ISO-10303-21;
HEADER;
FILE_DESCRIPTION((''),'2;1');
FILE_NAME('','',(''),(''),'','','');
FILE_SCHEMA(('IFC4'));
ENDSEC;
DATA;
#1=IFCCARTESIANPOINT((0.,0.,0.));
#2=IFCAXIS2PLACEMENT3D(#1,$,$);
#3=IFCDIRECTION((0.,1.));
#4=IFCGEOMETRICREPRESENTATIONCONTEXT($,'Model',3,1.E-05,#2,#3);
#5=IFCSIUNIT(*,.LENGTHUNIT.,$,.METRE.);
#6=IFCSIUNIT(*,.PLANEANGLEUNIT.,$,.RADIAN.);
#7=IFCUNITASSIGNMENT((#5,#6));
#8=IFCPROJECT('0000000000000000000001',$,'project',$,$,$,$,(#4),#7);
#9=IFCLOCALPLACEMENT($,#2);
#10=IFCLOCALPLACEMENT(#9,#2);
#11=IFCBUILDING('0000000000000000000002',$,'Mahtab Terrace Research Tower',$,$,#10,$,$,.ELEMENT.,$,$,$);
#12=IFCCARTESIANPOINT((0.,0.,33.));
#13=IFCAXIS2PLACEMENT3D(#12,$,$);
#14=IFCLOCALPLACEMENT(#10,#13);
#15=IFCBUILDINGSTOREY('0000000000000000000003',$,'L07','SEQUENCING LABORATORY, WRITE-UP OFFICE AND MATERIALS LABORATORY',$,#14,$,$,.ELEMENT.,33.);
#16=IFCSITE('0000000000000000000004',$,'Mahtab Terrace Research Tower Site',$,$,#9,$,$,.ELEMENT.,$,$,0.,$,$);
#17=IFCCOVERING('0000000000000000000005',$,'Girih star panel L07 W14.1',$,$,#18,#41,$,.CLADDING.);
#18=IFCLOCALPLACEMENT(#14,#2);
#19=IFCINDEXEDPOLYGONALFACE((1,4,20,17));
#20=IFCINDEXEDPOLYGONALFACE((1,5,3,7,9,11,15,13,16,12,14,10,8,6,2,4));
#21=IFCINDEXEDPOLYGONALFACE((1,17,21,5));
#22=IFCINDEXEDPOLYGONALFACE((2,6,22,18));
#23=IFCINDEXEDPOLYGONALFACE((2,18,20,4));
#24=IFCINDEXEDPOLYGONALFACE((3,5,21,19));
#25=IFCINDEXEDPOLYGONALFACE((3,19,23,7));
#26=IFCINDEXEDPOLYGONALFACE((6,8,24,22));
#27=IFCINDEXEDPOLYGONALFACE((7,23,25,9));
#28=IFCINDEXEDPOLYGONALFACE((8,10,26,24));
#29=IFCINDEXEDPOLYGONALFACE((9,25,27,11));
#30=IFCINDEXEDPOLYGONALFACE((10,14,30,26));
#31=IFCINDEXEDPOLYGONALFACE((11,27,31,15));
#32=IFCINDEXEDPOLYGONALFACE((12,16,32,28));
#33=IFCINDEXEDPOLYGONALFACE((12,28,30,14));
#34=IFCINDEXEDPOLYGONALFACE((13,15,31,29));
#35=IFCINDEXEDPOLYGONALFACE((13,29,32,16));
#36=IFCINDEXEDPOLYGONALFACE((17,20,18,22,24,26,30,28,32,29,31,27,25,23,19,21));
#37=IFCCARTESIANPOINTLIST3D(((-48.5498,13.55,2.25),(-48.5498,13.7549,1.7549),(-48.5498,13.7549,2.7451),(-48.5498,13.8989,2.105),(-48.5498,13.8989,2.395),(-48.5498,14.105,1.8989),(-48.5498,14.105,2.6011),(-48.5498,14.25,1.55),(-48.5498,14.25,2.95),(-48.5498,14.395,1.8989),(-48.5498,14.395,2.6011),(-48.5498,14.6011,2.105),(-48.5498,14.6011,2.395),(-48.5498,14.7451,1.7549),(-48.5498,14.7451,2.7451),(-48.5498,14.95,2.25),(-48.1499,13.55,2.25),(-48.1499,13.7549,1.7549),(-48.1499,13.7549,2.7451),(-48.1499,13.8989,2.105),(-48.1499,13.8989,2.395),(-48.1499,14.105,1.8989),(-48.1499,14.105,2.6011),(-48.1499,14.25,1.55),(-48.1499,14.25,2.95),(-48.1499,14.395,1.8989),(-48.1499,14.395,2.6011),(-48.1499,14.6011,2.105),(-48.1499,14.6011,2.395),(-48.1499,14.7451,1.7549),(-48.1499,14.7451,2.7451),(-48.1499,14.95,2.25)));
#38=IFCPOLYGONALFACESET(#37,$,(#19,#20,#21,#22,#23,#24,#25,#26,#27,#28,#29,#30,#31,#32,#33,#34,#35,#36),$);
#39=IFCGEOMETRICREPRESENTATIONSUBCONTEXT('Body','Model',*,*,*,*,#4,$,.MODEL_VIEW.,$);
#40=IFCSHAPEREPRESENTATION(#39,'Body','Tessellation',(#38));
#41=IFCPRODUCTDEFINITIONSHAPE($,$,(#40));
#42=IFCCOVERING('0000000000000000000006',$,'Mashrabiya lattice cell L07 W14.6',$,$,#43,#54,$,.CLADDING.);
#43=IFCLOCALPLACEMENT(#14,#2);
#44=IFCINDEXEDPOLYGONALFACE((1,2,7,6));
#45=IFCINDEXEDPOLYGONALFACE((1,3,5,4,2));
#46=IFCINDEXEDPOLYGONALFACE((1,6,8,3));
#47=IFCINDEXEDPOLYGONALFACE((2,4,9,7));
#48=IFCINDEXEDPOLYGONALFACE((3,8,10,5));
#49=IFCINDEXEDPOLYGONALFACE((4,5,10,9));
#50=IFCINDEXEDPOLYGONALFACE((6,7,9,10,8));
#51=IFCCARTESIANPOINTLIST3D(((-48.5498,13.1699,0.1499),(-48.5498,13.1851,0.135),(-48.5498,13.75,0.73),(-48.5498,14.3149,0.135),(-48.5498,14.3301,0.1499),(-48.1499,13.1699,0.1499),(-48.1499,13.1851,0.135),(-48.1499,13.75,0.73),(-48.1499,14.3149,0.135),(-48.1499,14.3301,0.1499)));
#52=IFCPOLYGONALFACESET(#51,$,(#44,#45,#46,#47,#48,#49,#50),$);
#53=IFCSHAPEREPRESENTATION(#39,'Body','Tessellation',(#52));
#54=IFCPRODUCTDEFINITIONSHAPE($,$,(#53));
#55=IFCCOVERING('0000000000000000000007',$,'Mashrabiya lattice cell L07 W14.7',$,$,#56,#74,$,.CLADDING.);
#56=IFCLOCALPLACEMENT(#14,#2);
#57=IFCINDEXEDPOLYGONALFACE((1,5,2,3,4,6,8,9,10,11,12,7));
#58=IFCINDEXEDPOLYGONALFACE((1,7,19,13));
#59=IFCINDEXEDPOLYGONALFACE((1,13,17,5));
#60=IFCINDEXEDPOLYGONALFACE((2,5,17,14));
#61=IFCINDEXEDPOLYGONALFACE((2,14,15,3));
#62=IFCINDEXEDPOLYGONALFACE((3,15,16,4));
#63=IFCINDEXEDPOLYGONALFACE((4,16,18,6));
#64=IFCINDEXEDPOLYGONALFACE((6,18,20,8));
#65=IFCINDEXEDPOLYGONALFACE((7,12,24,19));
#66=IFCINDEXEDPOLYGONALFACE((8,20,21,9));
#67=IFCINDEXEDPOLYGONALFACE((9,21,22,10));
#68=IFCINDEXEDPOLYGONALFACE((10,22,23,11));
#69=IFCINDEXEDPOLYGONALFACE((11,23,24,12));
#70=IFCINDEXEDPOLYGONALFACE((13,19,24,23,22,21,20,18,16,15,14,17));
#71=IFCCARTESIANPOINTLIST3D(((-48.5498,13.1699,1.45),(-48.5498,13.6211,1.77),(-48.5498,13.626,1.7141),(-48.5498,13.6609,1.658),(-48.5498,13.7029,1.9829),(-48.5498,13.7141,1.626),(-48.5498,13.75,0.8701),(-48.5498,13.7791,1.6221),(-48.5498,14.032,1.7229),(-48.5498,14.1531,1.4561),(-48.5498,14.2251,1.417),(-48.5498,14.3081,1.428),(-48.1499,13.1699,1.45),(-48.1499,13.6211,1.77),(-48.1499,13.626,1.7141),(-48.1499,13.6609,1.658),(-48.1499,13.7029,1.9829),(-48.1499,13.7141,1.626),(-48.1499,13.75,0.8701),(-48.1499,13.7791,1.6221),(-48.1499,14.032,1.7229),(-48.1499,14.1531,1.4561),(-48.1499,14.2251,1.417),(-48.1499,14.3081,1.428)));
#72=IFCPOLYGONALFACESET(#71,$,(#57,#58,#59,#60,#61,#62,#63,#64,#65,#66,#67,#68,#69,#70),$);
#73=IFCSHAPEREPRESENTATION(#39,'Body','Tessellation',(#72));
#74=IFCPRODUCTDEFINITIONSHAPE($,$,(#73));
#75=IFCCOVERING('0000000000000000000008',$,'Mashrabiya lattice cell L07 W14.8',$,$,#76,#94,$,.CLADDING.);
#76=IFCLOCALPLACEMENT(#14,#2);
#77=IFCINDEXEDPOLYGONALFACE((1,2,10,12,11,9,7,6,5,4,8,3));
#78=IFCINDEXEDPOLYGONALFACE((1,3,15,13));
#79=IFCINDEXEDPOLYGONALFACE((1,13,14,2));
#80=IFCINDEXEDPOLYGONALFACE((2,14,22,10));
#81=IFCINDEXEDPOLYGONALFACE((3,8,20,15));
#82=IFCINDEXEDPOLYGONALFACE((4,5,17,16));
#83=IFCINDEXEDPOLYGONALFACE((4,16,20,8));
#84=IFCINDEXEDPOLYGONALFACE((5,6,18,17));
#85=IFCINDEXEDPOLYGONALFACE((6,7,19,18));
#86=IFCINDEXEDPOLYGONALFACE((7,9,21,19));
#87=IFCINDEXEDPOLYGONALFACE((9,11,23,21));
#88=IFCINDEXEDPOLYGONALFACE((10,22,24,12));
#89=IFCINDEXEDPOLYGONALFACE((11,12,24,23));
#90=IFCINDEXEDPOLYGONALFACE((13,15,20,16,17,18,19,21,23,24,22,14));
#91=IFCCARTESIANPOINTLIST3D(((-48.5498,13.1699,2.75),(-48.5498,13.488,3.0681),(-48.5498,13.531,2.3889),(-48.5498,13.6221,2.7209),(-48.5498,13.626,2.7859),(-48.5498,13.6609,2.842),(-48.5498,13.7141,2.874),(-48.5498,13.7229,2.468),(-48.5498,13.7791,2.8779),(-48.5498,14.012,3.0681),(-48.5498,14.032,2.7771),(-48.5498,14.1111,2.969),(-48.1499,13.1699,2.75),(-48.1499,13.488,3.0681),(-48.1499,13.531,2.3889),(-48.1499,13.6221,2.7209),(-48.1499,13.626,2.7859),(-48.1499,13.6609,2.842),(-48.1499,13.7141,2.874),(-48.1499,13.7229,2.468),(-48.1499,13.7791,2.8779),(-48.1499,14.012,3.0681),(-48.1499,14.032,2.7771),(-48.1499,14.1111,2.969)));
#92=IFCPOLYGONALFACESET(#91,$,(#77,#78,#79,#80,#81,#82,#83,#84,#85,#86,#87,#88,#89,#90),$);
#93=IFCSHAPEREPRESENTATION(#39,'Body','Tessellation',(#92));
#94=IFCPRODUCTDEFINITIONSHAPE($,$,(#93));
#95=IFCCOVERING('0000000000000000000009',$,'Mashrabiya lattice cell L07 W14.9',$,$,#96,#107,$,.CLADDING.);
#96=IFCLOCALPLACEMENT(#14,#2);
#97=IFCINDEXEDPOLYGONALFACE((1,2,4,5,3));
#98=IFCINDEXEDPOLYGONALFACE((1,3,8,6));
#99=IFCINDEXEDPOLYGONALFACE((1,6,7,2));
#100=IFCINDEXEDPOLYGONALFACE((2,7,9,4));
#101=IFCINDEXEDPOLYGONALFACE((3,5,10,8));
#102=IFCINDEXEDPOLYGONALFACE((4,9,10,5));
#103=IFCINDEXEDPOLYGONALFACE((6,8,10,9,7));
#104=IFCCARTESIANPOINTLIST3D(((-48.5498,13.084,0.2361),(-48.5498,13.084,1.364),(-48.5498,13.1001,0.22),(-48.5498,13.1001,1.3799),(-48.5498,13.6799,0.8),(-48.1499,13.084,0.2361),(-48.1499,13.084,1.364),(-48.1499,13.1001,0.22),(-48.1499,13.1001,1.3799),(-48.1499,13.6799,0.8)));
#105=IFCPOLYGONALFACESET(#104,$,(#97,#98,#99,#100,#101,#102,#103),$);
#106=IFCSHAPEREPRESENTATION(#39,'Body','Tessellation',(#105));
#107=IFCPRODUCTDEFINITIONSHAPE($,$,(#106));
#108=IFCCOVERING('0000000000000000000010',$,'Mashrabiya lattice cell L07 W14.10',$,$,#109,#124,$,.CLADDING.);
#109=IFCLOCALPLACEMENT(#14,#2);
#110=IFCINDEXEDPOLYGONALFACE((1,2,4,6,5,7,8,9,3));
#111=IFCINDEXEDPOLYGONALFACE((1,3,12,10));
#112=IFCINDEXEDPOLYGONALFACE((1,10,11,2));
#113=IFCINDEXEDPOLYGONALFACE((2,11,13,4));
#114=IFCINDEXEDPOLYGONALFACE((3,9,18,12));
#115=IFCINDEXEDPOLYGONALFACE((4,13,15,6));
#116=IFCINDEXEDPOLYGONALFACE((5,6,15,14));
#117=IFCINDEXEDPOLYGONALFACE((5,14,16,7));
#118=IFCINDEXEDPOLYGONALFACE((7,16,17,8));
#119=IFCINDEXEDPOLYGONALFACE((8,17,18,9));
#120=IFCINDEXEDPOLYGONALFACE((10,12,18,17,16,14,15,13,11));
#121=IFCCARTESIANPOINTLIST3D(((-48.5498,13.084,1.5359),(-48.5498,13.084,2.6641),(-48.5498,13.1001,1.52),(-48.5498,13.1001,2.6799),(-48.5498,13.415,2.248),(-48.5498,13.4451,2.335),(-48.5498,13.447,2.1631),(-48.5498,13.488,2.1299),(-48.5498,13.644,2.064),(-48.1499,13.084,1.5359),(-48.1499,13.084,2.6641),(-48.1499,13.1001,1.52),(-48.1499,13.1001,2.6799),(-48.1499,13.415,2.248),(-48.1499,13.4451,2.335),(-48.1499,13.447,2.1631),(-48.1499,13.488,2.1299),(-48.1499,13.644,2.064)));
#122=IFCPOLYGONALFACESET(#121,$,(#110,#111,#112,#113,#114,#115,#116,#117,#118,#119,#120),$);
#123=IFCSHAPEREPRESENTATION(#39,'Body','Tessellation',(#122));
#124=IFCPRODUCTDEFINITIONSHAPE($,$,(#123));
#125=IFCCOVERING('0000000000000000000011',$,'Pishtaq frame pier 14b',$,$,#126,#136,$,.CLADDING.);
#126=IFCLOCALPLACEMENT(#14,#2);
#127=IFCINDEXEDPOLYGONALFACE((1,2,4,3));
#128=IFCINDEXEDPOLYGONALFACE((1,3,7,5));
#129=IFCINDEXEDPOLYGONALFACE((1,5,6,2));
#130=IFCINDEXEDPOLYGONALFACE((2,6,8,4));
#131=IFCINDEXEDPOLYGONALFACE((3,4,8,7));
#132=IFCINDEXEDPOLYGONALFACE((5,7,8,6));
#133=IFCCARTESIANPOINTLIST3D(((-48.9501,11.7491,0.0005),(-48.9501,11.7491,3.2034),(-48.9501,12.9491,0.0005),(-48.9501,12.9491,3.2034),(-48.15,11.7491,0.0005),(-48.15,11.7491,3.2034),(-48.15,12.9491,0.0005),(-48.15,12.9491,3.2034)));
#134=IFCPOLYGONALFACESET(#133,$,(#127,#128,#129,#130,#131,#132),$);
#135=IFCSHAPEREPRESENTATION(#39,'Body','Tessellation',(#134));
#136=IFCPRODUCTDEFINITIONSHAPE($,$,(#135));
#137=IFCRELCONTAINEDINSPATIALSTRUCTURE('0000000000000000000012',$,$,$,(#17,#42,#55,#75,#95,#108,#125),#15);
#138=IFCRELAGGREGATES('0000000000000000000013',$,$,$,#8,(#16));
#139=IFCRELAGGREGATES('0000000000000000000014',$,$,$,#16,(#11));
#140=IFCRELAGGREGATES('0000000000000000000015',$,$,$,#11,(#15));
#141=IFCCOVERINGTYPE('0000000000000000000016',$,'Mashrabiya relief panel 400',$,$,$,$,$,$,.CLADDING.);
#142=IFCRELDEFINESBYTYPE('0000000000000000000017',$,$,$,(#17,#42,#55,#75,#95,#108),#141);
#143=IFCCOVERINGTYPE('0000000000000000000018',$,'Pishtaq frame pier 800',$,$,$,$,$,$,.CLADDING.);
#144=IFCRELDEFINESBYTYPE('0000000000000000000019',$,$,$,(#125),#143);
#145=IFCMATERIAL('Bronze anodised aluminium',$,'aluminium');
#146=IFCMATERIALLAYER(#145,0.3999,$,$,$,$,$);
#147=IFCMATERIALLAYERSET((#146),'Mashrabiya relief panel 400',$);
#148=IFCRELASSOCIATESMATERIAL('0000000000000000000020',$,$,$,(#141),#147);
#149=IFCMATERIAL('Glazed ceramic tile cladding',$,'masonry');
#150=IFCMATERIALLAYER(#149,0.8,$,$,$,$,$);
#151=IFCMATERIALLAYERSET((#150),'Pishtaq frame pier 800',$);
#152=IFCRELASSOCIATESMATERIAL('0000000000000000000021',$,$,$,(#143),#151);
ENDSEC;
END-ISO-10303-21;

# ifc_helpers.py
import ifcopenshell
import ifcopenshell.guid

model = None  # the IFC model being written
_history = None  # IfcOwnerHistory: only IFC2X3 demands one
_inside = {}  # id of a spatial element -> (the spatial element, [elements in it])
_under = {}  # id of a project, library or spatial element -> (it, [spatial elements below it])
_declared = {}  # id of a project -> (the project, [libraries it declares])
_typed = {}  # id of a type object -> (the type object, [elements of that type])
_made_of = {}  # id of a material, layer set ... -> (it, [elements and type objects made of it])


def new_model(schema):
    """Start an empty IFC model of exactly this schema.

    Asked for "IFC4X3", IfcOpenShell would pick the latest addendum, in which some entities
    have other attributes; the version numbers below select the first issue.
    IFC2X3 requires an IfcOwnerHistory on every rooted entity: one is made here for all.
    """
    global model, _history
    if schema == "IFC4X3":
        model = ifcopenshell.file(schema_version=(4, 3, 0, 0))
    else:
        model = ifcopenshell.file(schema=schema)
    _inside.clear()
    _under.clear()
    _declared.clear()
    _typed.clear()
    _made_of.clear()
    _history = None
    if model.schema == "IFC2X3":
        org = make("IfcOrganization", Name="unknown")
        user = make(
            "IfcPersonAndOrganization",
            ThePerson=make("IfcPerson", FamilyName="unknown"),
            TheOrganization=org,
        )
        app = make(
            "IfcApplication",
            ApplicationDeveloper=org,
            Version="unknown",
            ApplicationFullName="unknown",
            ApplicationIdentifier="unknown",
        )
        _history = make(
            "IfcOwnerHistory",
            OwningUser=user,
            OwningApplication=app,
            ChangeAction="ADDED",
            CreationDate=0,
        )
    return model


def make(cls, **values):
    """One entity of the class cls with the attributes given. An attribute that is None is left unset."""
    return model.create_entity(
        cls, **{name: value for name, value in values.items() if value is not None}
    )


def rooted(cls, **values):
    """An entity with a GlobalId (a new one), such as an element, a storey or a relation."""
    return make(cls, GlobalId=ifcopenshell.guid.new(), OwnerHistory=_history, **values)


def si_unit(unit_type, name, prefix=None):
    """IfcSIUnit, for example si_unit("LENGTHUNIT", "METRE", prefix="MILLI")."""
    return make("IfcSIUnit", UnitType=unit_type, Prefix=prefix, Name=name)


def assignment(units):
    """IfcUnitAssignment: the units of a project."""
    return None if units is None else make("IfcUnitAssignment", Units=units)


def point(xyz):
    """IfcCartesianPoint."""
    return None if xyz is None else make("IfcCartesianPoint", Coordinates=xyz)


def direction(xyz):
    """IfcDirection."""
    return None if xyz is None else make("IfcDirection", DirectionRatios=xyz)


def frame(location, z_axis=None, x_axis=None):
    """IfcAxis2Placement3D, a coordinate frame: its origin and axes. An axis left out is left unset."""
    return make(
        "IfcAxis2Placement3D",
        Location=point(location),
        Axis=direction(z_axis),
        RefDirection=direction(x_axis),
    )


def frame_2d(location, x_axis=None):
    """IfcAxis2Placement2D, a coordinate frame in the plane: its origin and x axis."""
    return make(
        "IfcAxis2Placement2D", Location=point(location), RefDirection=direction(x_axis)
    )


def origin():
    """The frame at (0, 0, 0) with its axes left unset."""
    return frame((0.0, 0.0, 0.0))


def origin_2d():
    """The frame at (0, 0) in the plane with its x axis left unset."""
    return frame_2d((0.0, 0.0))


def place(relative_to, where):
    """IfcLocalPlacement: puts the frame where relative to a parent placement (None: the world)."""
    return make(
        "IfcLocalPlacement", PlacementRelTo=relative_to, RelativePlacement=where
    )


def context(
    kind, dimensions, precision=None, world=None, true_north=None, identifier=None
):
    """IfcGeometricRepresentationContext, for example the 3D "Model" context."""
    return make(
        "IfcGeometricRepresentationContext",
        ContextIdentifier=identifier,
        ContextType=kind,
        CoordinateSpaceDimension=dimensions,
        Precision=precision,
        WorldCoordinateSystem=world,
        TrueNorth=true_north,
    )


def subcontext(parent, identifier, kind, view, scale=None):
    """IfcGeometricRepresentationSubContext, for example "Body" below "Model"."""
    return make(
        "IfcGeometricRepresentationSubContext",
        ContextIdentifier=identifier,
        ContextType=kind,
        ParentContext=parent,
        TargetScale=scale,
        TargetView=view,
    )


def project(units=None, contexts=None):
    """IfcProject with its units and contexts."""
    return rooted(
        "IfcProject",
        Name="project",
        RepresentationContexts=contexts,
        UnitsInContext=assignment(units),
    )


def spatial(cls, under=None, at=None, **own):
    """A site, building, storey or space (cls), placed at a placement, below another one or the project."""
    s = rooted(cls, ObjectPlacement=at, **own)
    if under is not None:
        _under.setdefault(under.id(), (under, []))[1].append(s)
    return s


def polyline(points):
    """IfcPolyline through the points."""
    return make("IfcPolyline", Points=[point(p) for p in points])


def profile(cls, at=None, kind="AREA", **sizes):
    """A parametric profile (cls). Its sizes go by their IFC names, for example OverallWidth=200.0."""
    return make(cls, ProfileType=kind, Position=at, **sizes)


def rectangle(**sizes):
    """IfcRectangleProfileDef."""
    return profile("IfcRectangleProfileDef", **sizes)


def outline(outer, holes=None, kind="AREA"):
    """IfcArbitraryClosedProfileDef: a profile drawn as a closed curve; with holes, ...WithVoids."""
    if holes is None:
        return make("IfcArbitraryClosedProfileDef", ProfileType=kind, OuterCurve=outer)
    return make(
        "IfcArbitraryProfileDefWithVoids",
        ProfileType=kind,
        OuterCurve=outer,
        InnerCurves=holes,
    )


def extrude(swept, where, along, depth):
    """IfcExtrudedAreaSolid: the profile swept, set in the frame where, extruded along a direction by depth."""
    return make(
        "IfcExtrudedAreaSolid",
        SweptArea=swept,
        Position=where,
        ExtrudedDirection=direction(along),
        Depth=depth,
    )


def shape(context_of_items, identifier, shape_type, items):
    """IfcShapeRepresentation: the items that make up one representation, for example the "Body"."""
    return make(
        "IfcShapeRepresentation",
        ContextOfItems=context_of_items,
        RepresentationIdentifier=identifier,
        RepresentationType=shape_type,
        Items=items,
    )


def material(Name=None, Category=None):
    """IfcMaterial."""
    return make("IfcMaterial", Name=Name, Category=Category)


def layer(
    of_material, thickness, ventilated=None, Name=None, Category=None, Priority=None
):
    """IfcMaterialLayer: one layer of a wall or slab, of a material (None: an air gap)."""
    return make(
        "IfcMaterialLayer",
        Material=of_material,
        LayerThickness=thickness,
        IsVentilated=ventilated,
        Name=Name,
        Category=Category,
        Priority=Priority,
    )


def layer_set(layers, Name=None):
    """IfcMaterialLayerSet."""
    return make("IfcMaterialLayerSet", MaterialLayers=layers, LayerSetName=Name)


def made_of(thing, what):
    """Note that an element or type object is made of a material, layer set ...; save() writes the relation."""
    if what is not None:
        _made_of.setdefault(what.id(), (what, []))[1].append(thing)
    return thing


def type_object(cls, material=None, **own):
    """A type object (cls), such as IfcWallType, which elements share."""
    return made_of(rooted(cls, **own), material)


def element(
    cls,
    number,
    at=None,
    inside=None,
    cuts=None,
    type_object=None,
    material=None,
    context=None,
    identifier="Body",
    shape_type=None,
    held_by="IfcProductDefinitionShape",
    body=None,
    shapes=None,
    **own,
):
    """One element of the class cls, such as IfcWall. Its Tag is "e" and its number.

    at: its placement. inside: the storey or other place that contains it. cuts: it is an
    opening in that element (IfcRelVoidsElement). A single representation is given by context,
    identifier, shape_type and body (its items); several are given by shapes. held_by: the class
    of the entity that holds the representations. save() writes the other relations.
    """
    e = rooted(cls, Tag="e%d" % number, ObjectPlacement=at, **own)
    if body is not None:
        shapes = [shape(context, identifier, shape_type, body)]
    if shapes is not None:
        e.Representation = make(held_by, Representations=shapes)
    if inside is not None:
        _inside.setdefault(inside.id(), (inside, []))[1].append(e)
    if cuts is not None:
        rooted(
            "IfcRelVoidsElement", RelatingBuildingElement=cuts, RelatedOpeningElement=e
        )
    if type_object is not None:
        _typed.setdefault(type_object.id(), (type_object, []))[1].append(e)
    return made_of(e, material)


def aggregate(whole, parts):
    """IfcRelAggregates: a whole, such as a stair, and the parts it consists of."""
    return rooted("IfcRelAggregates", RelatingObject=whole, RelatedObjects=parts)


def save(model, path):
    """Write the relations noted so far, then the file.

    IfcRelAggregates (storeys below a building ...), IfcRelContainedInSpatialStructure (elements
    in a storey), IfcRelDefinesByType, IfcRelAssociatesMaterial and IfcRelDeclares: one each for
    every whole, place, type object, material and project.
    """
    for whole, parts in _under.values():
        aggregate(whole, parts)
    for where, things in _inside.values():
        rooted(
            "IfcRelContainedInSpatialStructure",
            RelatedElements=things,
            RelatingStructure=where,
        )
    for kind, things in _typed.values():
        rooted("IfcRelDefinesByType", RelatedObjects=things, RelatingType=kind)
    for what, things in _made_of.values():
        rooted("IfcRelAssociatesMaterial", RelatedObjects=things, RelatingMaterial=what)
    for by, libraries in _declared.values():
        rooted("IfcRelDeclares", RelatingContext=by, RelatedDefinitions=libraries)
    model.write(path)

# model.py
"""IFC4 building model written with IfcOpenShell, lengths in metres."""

from ifc_helpers import new_model, si_unit, direction, frame, origin, origin_2d, place, context, subcontext, project, spatial, polyline, rectangle, outline, extrude, material, layer, layer_set, type_object, element, save


model = new_model("IFC4")

# Units and contexts
model_context = context("Model", 3, precision=1e-05, world=origin(), true_north=direction((0.0, 1.0)))
body_context = subcontext(model_context, "Body", "Model", "MODEL_VIEW")
ifc_project = project(units=[si_unit("LENGTHUNIT", "METRE"), si_unit("PLANEANGLEUNIT", "RADIAN")], contexts=[model_context])

# Site, building, storey
site_placement = place(None, origin())
site = spatial("IfcSite", under=ifc_project, at=site_placement, Name="Mahtab Terrace Research Tower Site", CompositionType="ELEMENT", RefElevation=0.0)
building_placement = place(site_placement, origin())
building = spatial("IfcBuilding", under=site, at=building_placement, Name="Mahtab Terrace Research Tower", CompositionType="ELEMENT")
storey_placement = place(building_placement, frame((0.0, 0.0, 33.0)))
storey = spatial("IfcBuildingStorey", under=building, at=storey_placement, Name="L07", Description="SEQUENCING LABORATORY, WRITE-UP OFFICE AND MATERIALS LABORATORY", CompositionType="ELEMENT", Elevation=33.0)

# Coverings
ifc_material_1 = material(Name="Bronze anodised aluminium", Category="aluminium")
ifc_layer_1 = layer(ifc_material_1, 0.3999)
ifc_layer_set_1 = layer_set([ifc_layer_1], Name="Mashrabiya relief panel 400")
covering_type_1 = type_object("IfcCoveringType", Name="Mashrabiya relief panel 400", PredefinedType="CLADDING", material=ifc_layer_set_1)
covering_1_placement = place(storey_placement, frame((-48.1499, 14.105, 2.6011), z_axis=(1.0, 0.0, 0.0), x_axis=(0.0, -0.924785, 0.38049)))
element("IfcCovering", 1, at=covering_1_placement, inside=storey, type_object=covering_type_1, Name="Girih star panel L07 W14.1", PredefinedType="CLADDING", context=body_context, shape_type="SweptSolid", body=[
    extrude(outline(polyline([(0.0, 0.0), (0.3786, 0.0), (0.1122, 0.269), (0.3796, 0.5358), (0.0018, 0.5372), (0.0018, 0.9158), (-0.2672, 0.6493), (-0.534, 0.9168), (-0.5354, 0.539), (-0.914, 0.539), (-0.6475, 0.27), (-0.915, 0.0032), (-0.5372, 0.0018), (-0.5372, -0.3768), (-0.2682, -0.1104), (-0.0014, -0.3778), (0.0, 0.0)])), origin(), (0.0, 0.0, -1.0), 0.3999),
])
covering_2_placement = place(storey_placement, frame((-48.1499, 14.3301, 0.1499), z_axis=(1.0, 0.0, 0.0), x_axis=(0.0, -0.707107, 0.707107)))
element("IfcCovering", 2, at=covering_2_placement, inside=storey, type_object=covering_type_1, Name="Mashrabiya lattice cell L07 W14.6", PredefinedType="CLADDING", context=body_context, shape_type="SweptSolid", body=[
    extrude(outline(polyline([(0.0, 0.0), (0.8204, 0.0), (0.8204, 0.8204), (0.7991, 0.8202), (0.0002, 0.0212), (0.0, 0.0)])), origin(), (0.0, 0.0, -1.0), 0.3999),
])
covering_3_placement = place(storey_placement, frame((-48.1499, 13.1699, 1.45), z_axis=(1.0, 0.0, 0.0), x_axis=(0.0, 0.707256, -0.706958)))
element("IfcCovering", 3, at=covering_3_placement, inside=storey, type_object=covering_type_1, Name="Mashrabiya lattice cell L07 W14.7", PredefinedType="CLADDING", context=body_context, shape_type="SweptSolid", body=[
    extrude(outline(polyline([(0.0, 0.0), (0.8202, 0.0), (0.8205, 0.7891), (0.7696, 0.7227), (0.691, 0.6994), (0.4167, 0.8025), (0.3091, 0.5524), (0.2604, 0.5092), (0.2002, 0.4942), (0.1358, 0.5092), (0.0928, 0.5453), (0.0002, 0.7537), (0.0, 0.0)])), origin(), (0.0, 0.0, -1.0), 0.3999),
])
covering_4_placement = place(storey_placement, frame((-48.1499, 13.1699, 2.75), z_axis=(1.0, 0.0, 0.0), x_axis=(0.0, 0.707107, -0.707107)))
element("IfcCovering", 4, at=covering_4_placement, inside=storey, type_object=covering_type_1, Name="Mashrabiya lattice cell L07 W14.8", PredefinedType="CLADDING", context=body_context, shape_type="SweptSolid", body=[
    extrude(outline(polyline([(0.0, 0.0), (0.5106, 0.0), (0.5904, 0.1916), (0.3403, 0.2992), (0.2971, 0.3479), (0.2821, 0.4122), (0.2971, 0.4725), (0.3403, 0.5212), (0.5904, 0.6287), (0.5106, 0.8204), (0.3705, 0.8204), (0.0, 0.4499), (0.0, 0.0)])), origin(), (0.0, 0.0, -1.0), 0.3999),
])
covering_5_placement = place(storey_placement, frame((-48.1499, 13.1001, 0.22), z_axis=(1.0, 0.0, 0.0), x_axis=(0.0, 0.706958, 0.707256)))
element("IfcCovering", 5, at=covering_5_placement, inside=storey, type_object=covering_type_1, Name="Mashrabiya lattice cell L07 W14.9", PredefinedType="CLADDING", context=body_context, shape_type="SweptSolid", body=[
    extrude(outline(polyline([(0.0, 0.0), (0.8202, 0.0), (0.8204, 0.82), (0.7977, 0.8202), (0.0, 0.0228), (0.0, 0.0)])), origin(), (0.0, 0.0, -1.0), 0.3999),
])
covering_6_placement = place(storey_placement, frame((-48.1499, 13.1001, 1.52), z_axis=(1.0, 0.0, 0.0), x_axis=(0.0, 0.707107, 0.707107)))
element("IfcCovering", 6, at=covering_6_placement, inside=storey, type_object=covering_type_1, Name="Mashrabiya lattice cell L07 W14.10", PredefinedType="CLADDING", context=body_context, shape_type="SweptSolid", body=[
    extrude(outline(polyline([(0.0, 0.0), (0.7693, 0.0), (0.7056, 0.1569), (0.7, 0.2094), (0.7375, 0.2921), (0.8202, 0.3323), (0.8202, 0.8202), (0.7976, 0.8204), (-0.0002, 0.0226), (0.0, 0.0)])), origin(), (0.0, 0.0, -1.0), 0.3999),
])
ifc_material_2 = material(Name="Glazed ceramic tile cladding", Category="masonry")
ifc_layer_2 = layer(ifc_material_2, 0.8)
ifc_layer_set_2 = layer_set([ifc_layer_2], Name="Pishtaq frame pier 800")
covering_type_2 = type_object("IfcCoveringType", Name="Pishtaq frame pier 800", PredefinedType="CLADDING", material=ifc_layer_set_2)
covering_7_placement = place(storey_placement, frame((-48.55, 12.3491, 0.0005), z_axis=(0.0, 0.0, 1.0), x_axis=(0.0, -1.0, 0.0)))
element("IfcCovering", 7, at=covering_7_placement, inside=storey, type_object=covering_type_2, Name="Pishtaq frame pier 14b", PredefinedType="CLADDING", context=body_context, shape_type="SweptSolid", body=[
    extrude(rectangle(XDim=1.2, YDim=0.8, at=origin_2d()), origin(), (0.0, 0.0, 1.0), 3.2029),
])

save(model, "model.ifc")
